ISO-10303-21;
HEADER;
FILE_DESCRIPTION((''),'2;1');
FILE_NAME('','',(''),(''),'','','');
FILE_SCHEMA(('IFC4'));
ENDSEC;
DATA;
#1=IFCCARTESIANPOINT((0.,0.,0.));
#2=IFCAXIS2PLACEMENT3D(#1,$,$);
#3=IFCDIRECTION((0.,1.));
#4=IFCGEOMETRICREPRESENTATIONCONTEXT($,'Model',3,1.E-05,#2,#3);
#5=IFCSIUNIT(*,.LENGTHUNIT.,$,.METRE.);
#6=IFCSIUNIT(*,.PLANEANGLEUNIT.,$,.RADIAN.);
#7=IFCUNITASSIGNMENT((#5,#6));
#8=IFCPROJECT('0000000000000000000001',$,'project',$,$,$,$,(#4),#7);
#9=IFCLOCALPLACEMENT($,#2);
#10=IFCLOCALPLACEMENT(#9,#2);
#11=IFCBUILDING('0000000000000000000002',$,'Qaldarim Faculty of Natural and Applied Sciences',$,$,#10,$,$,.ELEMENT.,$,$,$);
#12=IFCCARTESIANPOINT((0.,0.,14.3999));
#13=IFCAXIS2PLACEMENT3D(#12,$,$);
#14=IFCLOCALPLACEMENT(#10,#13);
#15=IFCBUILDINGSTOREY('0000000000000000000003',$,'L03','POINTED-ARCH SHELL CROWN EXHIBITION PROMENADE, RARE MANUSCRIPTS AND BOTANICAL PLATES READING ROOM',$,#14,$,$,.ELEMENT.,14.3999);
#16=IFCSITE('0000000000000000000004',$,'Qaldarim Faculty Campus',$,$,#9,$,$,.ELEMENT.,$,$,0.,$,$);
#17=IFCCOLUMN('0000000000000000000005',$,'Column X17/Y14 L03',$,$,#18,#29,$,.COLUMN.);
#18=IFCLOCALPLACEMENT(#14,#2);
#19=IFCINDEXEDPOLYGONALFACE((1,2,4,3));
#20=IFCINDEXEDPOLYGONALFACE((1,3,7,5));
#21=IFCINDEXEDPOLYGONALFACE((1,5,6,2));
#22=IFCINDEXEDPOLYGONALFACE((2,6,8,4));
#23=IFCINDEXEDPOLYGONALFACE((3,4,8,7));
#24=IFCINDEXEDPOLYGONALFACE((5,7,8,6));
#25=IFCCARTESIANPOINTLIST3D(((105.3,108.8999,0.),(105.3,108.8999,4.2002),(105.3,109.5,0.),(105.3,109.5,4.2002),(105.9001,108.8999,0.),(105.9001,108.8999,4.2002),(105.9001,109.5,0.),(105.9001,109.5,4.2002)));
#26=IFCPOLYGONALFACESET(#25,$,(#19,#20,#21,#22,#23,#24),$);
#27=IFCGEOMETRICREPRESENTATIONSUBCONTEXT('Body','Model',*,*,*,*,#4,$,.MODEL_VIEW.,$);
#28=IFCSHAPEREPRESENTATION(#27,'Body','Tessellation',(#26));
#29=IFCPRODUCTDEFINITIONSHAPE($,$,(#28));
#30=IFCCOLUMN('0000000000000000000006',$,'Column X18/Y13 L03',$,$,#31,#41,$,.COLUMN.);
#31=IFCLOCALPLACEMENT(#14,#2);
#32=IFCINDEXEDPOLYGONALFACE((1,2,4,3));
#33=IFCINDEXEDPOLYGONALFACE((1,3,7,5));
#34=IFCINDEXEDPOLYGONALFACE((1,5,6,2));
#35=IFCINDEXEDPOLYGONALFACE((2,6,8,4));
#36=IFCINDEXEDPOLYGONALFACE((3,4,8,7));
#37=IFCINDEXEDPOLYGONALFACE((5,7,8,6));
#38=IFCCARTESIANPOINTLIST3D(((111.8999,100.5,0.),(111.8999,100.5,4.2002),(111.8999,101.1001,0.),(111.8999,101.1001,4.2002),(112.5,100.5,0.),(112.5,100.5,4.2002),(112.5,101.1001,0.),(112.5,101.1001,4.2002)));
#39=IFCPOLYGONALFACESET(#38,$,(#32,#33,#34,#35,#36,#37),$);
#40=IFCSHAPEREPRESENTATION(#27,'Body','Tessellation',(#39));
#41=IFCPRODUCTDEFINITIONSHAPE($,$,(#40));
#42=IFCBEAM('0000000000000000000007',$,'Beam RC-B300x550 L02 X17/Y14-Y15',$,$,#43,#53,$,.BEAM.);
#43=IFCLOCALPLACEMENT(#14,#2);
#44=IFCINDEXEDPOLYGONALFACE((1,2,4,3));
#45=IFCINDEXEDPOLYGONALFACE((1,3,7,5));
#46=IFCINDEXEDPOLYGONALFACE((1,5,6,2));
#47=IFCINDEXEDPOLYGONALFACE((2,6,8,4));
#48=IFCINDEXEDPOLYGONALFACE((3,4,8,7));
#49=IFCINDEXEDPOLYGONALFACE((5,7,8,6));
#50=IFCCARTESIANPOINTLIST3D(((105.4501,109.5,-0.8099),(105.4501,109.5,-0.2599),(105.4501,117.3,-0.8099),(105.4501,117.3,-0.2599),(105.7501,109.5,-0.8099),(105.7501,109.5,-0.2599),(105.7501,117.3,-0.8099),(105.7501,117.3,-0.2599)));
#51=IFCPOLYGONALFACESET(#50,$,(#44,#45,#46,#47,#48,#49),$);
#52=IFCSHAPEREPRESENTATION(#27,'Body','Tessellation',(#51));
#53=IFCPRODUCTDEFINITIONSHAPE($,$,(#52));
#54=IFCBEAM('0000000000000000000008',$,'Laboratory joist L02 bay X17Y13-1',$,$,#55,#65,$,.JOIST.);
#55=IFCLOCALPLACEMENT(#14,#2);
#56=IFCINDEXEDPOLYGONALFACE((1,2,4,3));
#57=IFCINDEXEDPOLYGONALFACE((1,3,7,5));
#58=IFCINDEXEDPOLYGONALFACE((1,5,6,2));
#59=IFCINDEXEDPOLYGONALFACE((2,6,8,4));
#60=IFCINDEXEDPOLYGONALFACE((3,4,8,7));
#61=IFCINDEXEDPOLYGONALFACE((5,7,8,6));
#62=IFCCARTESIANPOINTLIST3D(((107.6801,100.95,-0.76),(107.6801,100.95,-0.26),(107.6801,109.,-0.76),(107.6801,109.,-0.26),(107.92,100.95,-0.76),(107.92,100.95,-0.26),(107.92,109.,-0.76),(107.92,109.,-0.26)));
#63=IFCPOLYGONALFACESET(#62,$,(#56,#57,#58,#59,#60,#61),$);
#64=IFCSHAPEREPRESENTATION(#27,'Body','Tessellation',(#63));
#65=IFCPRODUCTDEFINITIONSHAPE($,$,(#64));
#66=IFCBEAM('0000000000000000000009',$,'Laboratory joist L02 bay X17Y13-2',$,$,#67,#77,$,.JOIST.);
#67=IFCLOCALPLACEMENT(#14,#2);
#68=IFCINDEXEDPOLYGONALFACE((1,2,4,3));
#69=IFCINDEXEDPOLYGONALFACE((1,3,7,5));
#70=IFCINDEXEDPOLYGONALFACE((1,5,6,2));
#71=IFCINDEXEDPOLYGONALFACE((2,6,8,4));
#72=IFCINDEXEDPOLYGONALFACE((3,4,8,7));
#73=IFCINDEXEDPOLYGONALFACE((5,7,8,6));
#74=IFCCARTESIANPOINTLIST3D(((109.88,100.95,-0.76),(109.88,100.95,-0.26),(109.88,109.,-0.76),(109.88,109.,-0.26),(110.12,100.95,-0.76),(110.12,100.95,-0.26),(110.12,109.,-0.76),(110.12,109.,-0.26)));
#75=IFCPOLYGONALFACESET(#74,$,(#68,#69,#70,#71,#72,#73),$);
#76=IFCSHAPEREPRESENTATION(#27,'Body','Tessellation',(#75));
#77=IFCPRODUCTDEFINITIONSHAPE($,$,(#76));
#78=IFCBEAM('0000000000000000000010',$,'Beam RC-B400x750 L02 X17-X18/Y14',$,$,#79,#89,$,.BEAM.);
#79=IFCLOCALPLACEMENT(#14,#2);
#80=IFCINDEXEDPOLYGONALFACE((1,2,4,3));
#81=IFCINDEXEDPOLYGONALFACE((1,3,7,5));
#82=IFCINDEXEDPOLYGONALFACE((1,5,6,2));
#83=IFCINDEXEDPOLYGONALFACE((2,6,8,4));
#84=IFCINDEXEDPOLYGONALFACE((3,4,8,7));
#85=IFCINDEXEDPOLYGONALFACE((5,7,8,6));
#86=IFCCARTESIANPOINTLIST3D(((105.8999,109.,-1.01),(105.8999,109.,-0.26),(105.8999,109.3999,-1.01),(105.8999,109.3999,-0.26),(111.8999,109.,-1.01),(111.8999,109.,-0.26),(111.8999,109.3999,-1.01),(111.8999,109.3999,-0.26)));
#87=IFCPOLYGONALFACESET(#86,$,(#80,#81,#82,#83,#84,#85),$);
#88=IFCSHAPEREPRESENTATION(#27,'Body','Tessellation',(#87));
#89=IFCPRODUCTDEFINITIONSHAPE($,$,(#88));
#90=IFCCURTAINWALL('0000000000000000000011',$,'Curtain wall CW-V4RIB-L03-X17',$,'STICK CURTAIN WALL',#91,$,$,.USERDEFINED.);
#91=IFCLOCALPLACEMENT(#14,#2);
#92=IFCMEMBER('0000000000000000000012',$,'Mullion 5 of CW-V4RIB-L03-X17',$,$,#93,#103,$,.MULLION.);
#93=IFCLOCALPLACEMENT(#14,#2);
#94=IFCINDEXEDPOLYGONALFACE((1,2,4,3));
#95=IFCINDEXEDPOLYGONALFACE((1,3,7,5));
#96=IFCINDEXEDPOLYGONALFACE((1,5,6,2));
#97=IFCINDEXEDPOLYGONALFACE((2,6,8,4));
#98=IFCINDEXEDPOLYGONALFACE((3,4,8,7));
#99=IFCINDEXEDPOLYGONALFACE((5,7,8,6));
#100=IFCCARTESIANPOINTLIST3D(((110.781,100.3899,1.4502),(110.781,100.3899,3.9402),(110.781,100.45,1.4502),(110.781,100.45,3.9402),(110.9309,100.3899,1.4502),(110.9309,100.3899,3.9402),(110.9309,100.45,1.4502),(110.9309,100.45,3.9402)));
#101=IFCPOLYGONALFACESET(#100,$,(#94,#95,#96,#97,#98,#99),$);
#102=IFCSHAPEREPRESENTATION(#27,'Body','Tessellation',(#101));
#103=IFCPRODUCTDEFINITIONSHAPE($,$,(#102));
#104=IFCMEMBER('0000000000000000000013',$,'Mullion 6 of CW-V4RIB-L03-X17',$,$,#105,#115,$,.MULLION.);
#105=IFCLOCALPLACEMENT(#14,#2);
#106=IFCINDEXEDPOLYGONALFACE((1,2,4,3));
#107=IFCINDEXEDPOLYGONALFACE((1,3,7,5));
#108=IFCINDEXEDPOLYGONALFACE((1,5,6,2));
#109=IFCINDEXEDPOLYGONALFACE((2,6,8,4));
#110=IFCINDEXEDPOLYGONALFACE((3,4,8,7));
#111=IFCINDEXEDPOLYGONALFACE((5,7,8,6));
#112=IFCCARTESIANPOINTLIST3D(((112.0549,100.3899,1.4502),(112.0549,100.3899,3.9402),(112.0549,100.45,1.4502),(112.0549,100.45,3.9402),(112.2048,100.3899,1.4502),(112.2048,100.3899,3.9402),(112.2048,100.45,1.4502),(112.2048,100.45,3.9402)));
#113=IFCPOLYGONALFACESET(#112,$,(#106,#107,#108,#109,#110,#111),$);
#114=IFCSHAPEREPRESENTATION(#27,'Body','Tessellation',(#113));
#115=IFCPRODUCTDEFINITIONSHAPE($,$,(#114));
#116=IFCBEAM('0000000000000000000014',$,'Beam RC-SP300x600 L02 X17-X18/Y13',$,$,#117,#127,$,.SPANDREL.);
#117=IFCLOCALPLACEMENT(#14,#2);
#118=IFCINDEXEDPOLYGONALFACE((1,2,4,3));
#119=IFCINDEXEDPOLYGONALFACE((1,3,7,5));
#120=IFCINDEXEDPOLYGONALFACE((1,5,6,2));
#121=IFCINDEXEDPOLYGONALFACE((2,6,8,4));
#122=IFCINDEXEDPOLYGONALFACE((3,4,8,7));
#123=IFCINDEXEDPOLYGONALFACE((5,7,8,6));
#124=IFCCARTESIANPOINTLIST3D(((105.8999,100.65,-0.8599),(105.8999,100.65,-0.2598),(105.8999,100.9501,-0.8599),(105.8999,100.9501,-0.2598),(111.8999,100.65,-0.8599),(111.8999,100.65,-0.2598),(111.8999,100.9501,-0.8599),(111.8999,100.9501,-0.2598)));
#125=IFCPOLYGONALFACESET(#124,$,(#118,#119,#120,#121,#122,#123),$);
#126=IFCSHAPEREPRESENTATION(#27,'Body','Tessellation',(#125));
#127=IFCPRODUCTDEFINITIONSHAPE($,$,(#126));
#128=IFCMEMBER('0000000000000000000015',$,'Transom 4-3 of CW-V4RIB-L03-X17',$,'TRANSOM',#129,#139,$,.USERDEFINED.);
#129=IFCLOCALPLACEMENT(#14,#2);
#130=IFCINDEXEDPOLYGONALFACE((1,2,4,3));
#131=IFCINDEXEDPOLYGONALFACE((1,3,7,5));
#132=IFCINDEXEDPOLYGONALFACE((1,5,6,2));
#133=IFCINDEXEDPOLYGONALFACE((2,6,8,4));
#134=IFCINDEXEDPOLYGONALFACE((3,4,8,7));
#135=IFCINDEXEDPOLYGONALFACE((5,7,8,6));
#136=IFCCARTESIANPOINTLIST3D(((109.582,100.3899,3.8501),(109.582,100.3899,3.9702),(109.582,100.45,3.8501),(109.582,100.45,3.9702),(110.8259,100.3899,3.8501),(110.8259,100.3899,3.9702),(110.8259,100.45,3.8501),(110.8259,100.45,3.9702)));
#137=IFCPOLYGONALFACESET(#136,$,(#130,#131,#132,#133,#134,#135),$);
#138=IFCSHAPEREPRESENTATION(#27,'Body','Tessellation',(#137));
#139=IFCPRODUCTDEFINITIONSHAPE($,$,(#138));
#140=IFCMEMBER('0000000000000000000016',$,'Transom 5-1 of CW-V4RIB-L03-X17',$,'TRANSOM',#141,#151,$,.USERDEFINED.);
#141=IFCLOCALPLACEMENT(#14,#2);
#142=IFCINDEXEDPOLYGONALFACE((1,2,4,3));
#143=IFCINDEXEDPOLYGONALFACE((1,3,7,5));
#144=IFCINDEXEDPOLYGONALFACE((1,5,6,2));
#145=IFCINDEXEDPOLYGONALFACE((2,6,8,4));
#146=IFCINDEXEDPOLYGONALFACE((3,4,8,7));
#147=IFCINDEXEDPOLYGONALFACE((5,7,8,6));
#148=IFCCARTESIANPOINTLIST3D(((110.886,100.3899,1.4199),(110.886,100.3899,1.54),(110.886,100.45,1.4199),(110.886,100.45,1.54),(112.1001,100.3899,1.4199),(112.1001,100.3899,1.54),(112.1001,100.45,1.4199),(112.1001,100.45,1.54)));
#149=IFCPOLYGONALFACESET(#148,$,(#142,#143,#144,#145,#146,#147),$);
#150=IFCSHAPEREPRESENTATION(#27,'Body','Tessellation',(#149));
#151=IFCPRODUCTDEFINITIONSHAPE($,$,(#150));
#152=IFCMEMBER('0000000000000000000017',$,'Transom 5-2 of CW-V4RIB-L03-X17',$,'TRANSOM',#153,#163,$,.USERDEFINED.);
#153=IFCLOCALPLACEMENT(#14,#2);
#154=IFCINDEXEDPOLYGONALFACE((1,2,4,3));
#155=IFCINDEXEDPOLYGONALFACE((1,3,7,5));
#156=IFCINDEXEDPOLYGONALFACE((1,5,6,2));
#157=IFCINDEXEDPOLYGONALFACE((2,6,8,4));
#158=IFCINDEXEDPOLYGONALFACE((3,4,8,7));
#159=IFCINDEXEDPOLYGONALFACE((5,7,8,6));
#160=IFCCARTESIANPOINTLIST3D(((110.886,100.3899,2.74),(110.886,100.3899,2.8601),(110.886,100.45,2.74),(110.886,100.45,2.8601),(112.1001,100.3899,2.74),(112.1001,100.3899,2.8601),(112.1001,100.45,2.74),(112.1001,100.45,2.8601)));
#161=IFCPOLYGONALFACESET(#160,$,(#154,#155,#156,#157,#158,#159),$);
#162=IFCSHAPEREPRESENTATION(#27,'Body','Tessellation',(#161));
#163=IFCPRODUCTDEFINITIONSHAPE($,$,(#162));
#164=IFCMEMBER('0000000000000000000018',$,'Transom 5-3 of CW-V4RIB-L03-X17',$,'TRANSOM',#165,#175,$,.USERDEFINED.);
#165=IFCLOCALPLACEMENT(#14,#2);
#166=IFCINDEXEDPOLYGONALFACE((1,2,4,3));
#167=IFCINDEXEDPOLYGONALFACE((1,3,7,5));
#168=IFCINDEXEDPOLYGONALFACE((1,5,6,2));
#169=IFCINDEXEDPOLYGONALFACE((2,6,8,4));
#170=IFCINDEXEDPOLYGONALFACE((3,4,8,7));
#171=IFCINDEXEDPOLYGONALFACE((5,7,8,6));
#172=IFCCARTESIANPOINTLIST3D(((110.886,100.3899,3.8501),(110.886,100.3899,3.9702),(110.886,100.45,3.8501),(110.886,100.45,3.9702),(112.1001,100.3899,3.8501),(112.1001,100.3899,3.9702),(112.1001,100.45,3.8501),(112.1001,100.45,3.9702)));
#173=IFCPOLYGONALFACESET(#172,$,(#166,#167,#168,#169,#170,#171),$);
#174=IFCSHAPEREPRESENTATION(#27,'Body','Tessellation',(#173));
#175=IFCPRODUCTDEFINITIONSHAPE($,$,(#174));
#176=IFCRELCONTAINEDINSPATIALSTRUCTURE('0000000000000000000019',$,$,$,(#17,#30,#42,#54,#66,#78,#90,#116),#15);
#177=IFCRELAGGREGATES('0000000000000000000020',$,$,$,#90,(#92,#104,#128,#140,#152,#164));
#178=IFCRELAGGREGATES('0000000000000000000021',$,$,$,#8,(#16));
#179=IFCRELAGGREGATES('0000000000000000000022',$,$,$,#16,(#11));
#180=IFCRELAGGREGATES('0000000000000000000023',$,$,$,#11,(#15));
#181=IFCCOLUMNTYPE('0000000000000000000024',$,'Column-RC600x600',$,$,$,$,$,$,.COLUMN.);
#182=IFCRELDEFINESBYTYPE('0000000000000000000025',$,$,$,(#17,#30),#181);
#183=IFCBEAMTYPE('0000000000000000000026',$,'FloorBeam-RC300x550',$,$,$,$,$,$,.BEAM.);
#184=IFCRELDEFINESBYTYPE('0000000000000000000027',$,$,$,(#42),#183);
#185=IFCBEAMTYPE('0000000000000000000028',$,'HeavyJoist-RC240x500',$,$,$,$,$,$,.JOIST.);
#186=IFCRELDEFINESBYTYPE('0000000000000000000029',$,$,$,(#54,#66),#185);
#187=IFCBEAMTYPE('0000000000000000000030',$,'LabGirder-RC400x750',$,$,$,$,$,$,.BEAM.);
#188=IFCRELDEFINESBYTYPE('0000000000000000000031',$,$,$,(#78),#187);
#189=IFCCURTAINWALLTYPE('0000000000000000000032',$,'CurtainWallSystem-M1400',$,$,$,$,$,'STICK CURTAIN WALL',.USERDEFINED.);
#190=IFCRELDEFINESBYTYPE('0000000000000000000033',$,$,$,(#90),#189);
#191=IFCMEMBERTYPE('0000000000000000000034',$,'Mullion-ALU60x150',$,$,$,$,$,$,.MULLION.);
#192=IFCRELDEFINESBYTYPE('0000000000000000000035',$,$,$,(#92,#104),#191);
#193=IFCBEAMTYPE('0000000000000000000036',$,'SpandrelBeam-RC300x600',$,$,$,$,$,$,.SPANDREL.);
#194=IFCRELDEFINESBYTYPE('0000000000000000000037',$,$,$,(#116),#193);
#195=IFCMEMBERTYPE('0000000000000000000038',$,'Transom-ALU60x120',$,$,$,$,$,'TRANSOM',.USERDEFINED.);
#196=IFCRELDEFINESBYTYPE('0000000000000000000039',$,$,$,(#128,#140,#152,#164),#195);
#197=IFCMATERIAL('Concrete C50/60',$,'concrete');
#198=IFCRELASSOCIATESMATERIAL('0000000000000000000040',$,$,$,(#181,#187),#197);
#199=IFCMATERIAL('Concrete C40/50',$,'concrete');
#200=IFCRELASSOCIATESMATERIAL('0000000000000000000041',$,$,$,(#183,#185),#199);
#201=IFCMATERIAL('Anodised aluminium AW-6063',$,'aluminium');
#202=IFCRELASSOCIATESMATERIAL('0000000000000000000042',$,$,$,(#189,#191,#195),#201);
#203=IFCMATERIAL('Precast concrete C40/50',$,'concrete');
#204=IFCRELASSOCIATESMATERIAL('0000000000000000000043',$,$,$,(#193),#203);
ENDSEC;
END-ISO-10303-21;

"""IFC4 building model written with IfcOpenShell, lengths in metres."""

from ifc_helpers import new_model, si_unit, direction, frame, origin, origin_2d, place, context, subcontext, project, spatial, rectangle, extrude, material, material_profile, profile_set, type_object, element, aggregate, save


model = new_model("IFC4")

# Units and contexts
model_context = context("Model", 3, precision=1e-05, world=origin(), true_north=direction((0.0, 1.0)))
body_context = subcontext(model_context, "Body", "Model", "MODEL_VIEW")
ifc_project = project(units=[si_unit("LENGTHUNIT", "METRE"), si_unit("PLANEANGLEUNIT", "RADIAN")], contexts=[model_context])

# Site, building, storey
site_placement = place(None, origin())
site = spatial("IfcSite", under=ifc_project, at=site_placement, Name="Qaldarim Faculty Campus", CompositionType="ELEMENT", RefElevation=0.0)
building_placement = place(site_placement, origin())
building = spatial("IfcBuilding", under=site, at=building_placement, Name="Qaldarim Faculty of Natural and Applied Sciences", CompositionType="ELEMENT")
storey_placement = place(building_placement, frame((0.0, 0.0, 14.3999)))
storey = spatial("IfcBuildingStorey", under=building, at=storey_placement, Name="L03", Description="POINTED-ARCH SHELL CROWN EXHIBITION PROMENADE, RARE MANUSCRIPTS AND BOTANICAL PLATES READING ROOM", CompositionType="ELEMENT", Elevation=14.3999)

# Columns
ifc_material_1 = material(Name="Concrete C50/60", Category="concrete")
ifc_material_profile_1 = material_profile(ifc_material_1, rectangle(XDim=0.6001, YDim=0.6001, at=origin_2d()), Name="RC-C600x600")
ifc_profile_set_1 = profile_set([ifc_material_profile_1], Name="Concrete C50/60")
column_type = type_object("IfcColumnType", Name="Column-RC600x600", PredefinedType="COLUMN", material=ifc_profile_set_1)
for number, where, z_axis, x_axis, name in (
    (1, (105.6001, 109.2, 0.0), (0.0, 0.0, 1.0), (1.0, 0.0, 0.0), "Column X17/Y14 L03"),
    (2, (112.2, 100.8, 0.0), (0.0, 0.0, 1.0), (1.0, 0.0, 0.0), "Column X18/Y13 L03"),
):
    element("IfcColumn", number, at=place(storey_placement, frame(where, z_axis=z_axis, x_axis=x_axis)), inside=storey, type_object=column_type, Name=name, PredefinedType="COLUMN", context=body_context, shape_type="SweptSolid", body=[
        extrude(rectangle(XDim=0.6001, YDim=0.6001, at=origin_2d()), origin(), (0.0, 0.0, 1.0), 4.2002),
    ])

# Beams
ifc_material_2 = material(Name="Concrete C40/50", Category="concrete")
ifc_material_profile_2 = material_profile(ifc_material_2, rectangle(XDim=0.3, YDim=0.55, at=origin_2d()), Name="RC-B300x550")
ifc_profile_set_2 = profile_set([ifc_material_profile_2], Name="Concrete C40/50")
beam_type_1 = type_object("IfcBeamType", Name="FloorBeam-RC300x550", PredefinedType="BEAM", material=ifc_profile_set_2)
beam_1_placement = place(storey_placement, frame((105.6001, 109.5, -0.5349), z_axis=(0.0, 1.0, 0.0), x_axis=(-1.0, 0.0, 0.0)))
element("IfcBeam", 3, at=beam_1_placement, inside=storey, type_object=beam_type_1, Name="Beam RC-B300x550 L02 X17/Y14-Y15", PredefinedType="BEAM", context=body_context, shape_type="SweptSolid", body=[
    extrude(rectangle(XDim=0.3, YDim=0.55, at=origin_2d()), origin(), (0.0, 0.0, 1.0), 7.8),
])
ifc_material_profile_3 = material_profile(ifc_material_2, rectangle(XDim=0.24, YDim=0.5, at=origin_2d()), Name="RC-J240x500")
ifc_profile_set_3 = profile_set([ifc_material_profile_3], Name="Concrete C40/50")
beam_type_2 = type_object("IfcBeamType", Name="HeavyJoist-RC240x500", PredefinedType="JOIST", material=ifc_profile_set_3)
for number, where, z_axis, x_axis, name in (
    (4, (107.8, 100.95, -0.51), (0.0, 1.0, 0.0), (-1.0, 0.0, 0.0), "Laboratory joist L02 bay X17Y13-1"),
    (5, (110.0, 100.95, -0.51), (0.0, 1.0, 0.0), (-1.0, 0.0, 0.0), "Laboratory joist L02 bay X17Y13-2"),
):
    element("IfcBeam", number, at=place(storey_placement, frame(where, z_axis=z_axis, x_axis=x_axis)), inside=storey, type_object=beam_type_2, Name=name, PredefinedType="JOIST", context=body_context, shape_type="SweptSolid", body=[
        extrude(rectangle(XDim=0.24, YDim=0.5, at=origin_2d()), origin(), (0.0, 0.0, 1.0), 8.05),
    ])
ifc_material_profile_4 = material_profile(ifc_material_1, rectangle(XDim=0.3999, YDim=0.75, at=origin_2d()), Name="RC-B400x750")
ifc_profile_set_4 = profile_set([ifc_material_profile_4], Name="Concrete C50/60")
beam_type_3 = type_object("IfcBeamType", Name="LabGirder-RC400x750", PredefinedType="BEAM", material=ifc_profile_set_4)
beam_2_placement = place(storey_placement, frame((105.8999, 109.2, -0.635), z_axis=(1.0, 0.0, 0.0), x_axis=(0.0, 1.0, 0.0)))
element("IfcBeam", 6, at=beam_2_placement, inside=storey, type_object=beam_type_3, Name="Beam RC-B400x750 L02 X17-X18/Y14", PredefinedType="BEAM", context=body_context, shape_type="SweptSolid", body=[
    extrude(rectangle(XDim=0.3999, YDim=0.75, at=origin_2d()), origin(), (0.0, 0.0, 1.0), 6.0),
])

# Curtain wall, members
ifc_material_3 = material(Name="Anodised aluminium AW-6063", Category="aluminium")
curtain_wall_type = type_object("IfcCurtainWallType", Name="CurtainWallSystem-M1400", ElementType="STICK CURTAIN WALL", PredefinedType="USERDEFINED", material=ifc_material_3)
curtain_wall_placement = place(storey_placement, origin())
curtain_wall = element("IfcCurtainWall", 7, at=curtain_wall_placement, inside=storey, type_object=curtain_wall_type, Name="Curtain wall CW-V4RIB-L03-X17", ObjectType="STICK CURTAIN WALL", PredefinedType="USERDEFINED")
ifc_material_profile_5 = material_profile(ifc_material_3, rectangle(XDim=0.0601, YDim=0.1499, at=origin_2d()), Name="ALU-M60x150")
ifc_profile_set_5 = profile_set([ifc_material_profile_5], Name="Anodised aluminium AW-6063")
member_type_1 = type_object("IfcMemberType", Name="Mullion-ALU60x150", PredefinedType="MULLION", material=ifc_profile_set_5)
member_1_placement = place(storey_placement, frame((110.856, 100.4199, 1.4502), z_axis=(0.0, 0.0, 1.0), x_axis=(0.0, 1.0, 0.0)))
member_1 = element("IfcMember", 8, at=member_1_placement, type_object=member_type_1, Name="Mullion 5 of CW-V4RIB-L03-X17", PredefinedType="MULLION", context=body_context, shape_type="SweptSolid", body=[
    extrude(rectangle(XDim=0.0601, YDim=0.1499, at=origin_2d()), origin(), (0.0, 0.0, 1.0), 2.49),
])
member_2_placement = place(storey_placement, frame((112.1299, 100.4199, 1.4502), z_axis=(0.0, 0.0, 1.0), x_axis=(0.0, 1.0, 0.0)))
member_2 = element("IfcMember", 9, at=member_2_placement, type_object=member_type_1, Name="Mullion 6 of CW-V4RIB-L03-X17", PredefinedType="MULLION", context=body_context, shape_type="SweptSolid", body=[
    extrude(rectangle(XDim=0.0601, YDim=0.1499, at=origin_2d()), origin(), (0.0, 0.0, 1.0), 2.49),
])

# Beam
ifc_material_4 = material(Name="Precast concrete C40/50", Category="concrete")
ifc_material_profile_6 = material_profile(ifc_material_4, rectangle(XDim=0.3, YDim=0.6001, at=origin_2d()), Name="RC-SP300x600")
ifc_profile_set_6 = profile_set([ifc_material_profile_6], Name="Precast concrete C40/50")
beam_type_4 = type_object("IfcBeamType", Name="SpandrelBeam-RC300x600", PredefinedType="SPANDREL", material=ifc_profile_set_6)
beam_3_placement = place(storey_placement, frame((105.8999, 100.8, -0.5598), z_axis=(1.0, 0.0, 0.0), x_axis=(0.0, 1.0, 0.0)))
element("IfcBeam", 10, at=beam_3_placement, inside=storey, type_object=beam_type_4, Name="Beam RC-SP300x600 L02 X17-X18/Y13", PredefinedType="SPANDREL", context=body_context, shape_type="SweptSolid", body=[
    extrude(rectangle(XDim=0.3, YDim=0.6001, at=origin_2d()), origin(), (0.0, 0.0, 1.0), 6.0),
])

# Members
ifc_material_profile_7 = material_profile(ifc_material_3, rectangle(XDim=0.0601, YDim=0.1201, at=origin_2d()), Name="ALU-T60x120")
ifc_profile_set_7 = profile_set([ifc_material_profile_7], Name="Anodised aluminium AW-6063")
member_type_2 = type_object("IfcMemberType", Name="Transom-ALU60x120", ElementType="TRANSOM", PredefinedType="USERDEFINED", material=ifc_profile_set_7)
member_3_placement = place(storey_placement, frame((109.582, 100.4199, 3.9102), z_axis=(1.0, 0.0, 0.0), x_axis=(0.0, 1.0, 0.0)))
member_3 = element("IfcMember", 11, at=member_3_placement, type_object=member_type_2, Name="Transom 4-3 of CW-V4RIB-L03-X17", ObjectType="TRANSOM", PredefinedType="USERDEFINED", context=body_context, shape_type="SweptSolid", body=[
    extrude(rectangle(XDim=0.0601, YDim=0.1201, at=origin_2d()), origin(), (0.0, 0.0, 1.0), 1.2439),
])
member_4_placement = place(storey_placement, frame((110.886, 100.4199, 1.48), z_axis=(1.0, 0.0, 0.0), x_axis=(0.0, 1.0, 0.0)))
member_4 = element("IfcMember", 12, at=member_4_placement, type_object=member_type_2, Name="Transom 5-1 of CW-V4RIB-L03-X17", ObjectType="TRANSOM", PredefinedType="USERDEFINED", context=body_context, shape_type="SweptSolid", body=[
    extrude(rectangle(XDim=0.0601, YDim=0.1201, at=origin_2d()), origin(), (0.0, 0.0, 1.0), 1.2141),
])
member_5_placement = place(storey_placement, frame((110.886, 100.4199, 2.8), z_axis=(1.0, 0.0, 0.0), x_axis=(0.0, 1.0, 0.0)))
member_5 = element("IfcMember", 13, at=member_5_placement, type_object=member_type_2, Name="Transom 5-2 of CW-V4RIB-L03-X17", ObjectType="TRANSOM", PredefinedType="USERDEFINED", context=body_context, shape_type="SweptSolid", body=[
    extrude(rectangle(XDim=0.0601, YDim=0.1201, at=origin_2d()), origin(), (0.0, 0.0, 1.0), 1.2141),
])
member_6_placement = place(storey_placement, frame((110.886, 100.4199, 3.9102), z_axis=(1.0, 0.0, 0.0), x_axis=(0.0, 1.0, 0.0)))
member_6 = element("IfcMember", 14, at=member_6_placement, type_object=member_type_2, Name="Transom 5-3 of CW-V4RIB-L03-X17", ObjectType="TRANSOM", PredefinedType="USERDEFINED", context=body_context, shape_type="SweptSolid", body=[
    extrude(rectangle(XDim=0.0601, YDim=0.1201, at=origin_2d()), origin(), (0.0, 0.0, 1.0), 1.2141),
])

aggregate(curtain_wall, [member_1, member_2, member_3, member_4, member_5, member_6])

save(model, "model.ifc")
